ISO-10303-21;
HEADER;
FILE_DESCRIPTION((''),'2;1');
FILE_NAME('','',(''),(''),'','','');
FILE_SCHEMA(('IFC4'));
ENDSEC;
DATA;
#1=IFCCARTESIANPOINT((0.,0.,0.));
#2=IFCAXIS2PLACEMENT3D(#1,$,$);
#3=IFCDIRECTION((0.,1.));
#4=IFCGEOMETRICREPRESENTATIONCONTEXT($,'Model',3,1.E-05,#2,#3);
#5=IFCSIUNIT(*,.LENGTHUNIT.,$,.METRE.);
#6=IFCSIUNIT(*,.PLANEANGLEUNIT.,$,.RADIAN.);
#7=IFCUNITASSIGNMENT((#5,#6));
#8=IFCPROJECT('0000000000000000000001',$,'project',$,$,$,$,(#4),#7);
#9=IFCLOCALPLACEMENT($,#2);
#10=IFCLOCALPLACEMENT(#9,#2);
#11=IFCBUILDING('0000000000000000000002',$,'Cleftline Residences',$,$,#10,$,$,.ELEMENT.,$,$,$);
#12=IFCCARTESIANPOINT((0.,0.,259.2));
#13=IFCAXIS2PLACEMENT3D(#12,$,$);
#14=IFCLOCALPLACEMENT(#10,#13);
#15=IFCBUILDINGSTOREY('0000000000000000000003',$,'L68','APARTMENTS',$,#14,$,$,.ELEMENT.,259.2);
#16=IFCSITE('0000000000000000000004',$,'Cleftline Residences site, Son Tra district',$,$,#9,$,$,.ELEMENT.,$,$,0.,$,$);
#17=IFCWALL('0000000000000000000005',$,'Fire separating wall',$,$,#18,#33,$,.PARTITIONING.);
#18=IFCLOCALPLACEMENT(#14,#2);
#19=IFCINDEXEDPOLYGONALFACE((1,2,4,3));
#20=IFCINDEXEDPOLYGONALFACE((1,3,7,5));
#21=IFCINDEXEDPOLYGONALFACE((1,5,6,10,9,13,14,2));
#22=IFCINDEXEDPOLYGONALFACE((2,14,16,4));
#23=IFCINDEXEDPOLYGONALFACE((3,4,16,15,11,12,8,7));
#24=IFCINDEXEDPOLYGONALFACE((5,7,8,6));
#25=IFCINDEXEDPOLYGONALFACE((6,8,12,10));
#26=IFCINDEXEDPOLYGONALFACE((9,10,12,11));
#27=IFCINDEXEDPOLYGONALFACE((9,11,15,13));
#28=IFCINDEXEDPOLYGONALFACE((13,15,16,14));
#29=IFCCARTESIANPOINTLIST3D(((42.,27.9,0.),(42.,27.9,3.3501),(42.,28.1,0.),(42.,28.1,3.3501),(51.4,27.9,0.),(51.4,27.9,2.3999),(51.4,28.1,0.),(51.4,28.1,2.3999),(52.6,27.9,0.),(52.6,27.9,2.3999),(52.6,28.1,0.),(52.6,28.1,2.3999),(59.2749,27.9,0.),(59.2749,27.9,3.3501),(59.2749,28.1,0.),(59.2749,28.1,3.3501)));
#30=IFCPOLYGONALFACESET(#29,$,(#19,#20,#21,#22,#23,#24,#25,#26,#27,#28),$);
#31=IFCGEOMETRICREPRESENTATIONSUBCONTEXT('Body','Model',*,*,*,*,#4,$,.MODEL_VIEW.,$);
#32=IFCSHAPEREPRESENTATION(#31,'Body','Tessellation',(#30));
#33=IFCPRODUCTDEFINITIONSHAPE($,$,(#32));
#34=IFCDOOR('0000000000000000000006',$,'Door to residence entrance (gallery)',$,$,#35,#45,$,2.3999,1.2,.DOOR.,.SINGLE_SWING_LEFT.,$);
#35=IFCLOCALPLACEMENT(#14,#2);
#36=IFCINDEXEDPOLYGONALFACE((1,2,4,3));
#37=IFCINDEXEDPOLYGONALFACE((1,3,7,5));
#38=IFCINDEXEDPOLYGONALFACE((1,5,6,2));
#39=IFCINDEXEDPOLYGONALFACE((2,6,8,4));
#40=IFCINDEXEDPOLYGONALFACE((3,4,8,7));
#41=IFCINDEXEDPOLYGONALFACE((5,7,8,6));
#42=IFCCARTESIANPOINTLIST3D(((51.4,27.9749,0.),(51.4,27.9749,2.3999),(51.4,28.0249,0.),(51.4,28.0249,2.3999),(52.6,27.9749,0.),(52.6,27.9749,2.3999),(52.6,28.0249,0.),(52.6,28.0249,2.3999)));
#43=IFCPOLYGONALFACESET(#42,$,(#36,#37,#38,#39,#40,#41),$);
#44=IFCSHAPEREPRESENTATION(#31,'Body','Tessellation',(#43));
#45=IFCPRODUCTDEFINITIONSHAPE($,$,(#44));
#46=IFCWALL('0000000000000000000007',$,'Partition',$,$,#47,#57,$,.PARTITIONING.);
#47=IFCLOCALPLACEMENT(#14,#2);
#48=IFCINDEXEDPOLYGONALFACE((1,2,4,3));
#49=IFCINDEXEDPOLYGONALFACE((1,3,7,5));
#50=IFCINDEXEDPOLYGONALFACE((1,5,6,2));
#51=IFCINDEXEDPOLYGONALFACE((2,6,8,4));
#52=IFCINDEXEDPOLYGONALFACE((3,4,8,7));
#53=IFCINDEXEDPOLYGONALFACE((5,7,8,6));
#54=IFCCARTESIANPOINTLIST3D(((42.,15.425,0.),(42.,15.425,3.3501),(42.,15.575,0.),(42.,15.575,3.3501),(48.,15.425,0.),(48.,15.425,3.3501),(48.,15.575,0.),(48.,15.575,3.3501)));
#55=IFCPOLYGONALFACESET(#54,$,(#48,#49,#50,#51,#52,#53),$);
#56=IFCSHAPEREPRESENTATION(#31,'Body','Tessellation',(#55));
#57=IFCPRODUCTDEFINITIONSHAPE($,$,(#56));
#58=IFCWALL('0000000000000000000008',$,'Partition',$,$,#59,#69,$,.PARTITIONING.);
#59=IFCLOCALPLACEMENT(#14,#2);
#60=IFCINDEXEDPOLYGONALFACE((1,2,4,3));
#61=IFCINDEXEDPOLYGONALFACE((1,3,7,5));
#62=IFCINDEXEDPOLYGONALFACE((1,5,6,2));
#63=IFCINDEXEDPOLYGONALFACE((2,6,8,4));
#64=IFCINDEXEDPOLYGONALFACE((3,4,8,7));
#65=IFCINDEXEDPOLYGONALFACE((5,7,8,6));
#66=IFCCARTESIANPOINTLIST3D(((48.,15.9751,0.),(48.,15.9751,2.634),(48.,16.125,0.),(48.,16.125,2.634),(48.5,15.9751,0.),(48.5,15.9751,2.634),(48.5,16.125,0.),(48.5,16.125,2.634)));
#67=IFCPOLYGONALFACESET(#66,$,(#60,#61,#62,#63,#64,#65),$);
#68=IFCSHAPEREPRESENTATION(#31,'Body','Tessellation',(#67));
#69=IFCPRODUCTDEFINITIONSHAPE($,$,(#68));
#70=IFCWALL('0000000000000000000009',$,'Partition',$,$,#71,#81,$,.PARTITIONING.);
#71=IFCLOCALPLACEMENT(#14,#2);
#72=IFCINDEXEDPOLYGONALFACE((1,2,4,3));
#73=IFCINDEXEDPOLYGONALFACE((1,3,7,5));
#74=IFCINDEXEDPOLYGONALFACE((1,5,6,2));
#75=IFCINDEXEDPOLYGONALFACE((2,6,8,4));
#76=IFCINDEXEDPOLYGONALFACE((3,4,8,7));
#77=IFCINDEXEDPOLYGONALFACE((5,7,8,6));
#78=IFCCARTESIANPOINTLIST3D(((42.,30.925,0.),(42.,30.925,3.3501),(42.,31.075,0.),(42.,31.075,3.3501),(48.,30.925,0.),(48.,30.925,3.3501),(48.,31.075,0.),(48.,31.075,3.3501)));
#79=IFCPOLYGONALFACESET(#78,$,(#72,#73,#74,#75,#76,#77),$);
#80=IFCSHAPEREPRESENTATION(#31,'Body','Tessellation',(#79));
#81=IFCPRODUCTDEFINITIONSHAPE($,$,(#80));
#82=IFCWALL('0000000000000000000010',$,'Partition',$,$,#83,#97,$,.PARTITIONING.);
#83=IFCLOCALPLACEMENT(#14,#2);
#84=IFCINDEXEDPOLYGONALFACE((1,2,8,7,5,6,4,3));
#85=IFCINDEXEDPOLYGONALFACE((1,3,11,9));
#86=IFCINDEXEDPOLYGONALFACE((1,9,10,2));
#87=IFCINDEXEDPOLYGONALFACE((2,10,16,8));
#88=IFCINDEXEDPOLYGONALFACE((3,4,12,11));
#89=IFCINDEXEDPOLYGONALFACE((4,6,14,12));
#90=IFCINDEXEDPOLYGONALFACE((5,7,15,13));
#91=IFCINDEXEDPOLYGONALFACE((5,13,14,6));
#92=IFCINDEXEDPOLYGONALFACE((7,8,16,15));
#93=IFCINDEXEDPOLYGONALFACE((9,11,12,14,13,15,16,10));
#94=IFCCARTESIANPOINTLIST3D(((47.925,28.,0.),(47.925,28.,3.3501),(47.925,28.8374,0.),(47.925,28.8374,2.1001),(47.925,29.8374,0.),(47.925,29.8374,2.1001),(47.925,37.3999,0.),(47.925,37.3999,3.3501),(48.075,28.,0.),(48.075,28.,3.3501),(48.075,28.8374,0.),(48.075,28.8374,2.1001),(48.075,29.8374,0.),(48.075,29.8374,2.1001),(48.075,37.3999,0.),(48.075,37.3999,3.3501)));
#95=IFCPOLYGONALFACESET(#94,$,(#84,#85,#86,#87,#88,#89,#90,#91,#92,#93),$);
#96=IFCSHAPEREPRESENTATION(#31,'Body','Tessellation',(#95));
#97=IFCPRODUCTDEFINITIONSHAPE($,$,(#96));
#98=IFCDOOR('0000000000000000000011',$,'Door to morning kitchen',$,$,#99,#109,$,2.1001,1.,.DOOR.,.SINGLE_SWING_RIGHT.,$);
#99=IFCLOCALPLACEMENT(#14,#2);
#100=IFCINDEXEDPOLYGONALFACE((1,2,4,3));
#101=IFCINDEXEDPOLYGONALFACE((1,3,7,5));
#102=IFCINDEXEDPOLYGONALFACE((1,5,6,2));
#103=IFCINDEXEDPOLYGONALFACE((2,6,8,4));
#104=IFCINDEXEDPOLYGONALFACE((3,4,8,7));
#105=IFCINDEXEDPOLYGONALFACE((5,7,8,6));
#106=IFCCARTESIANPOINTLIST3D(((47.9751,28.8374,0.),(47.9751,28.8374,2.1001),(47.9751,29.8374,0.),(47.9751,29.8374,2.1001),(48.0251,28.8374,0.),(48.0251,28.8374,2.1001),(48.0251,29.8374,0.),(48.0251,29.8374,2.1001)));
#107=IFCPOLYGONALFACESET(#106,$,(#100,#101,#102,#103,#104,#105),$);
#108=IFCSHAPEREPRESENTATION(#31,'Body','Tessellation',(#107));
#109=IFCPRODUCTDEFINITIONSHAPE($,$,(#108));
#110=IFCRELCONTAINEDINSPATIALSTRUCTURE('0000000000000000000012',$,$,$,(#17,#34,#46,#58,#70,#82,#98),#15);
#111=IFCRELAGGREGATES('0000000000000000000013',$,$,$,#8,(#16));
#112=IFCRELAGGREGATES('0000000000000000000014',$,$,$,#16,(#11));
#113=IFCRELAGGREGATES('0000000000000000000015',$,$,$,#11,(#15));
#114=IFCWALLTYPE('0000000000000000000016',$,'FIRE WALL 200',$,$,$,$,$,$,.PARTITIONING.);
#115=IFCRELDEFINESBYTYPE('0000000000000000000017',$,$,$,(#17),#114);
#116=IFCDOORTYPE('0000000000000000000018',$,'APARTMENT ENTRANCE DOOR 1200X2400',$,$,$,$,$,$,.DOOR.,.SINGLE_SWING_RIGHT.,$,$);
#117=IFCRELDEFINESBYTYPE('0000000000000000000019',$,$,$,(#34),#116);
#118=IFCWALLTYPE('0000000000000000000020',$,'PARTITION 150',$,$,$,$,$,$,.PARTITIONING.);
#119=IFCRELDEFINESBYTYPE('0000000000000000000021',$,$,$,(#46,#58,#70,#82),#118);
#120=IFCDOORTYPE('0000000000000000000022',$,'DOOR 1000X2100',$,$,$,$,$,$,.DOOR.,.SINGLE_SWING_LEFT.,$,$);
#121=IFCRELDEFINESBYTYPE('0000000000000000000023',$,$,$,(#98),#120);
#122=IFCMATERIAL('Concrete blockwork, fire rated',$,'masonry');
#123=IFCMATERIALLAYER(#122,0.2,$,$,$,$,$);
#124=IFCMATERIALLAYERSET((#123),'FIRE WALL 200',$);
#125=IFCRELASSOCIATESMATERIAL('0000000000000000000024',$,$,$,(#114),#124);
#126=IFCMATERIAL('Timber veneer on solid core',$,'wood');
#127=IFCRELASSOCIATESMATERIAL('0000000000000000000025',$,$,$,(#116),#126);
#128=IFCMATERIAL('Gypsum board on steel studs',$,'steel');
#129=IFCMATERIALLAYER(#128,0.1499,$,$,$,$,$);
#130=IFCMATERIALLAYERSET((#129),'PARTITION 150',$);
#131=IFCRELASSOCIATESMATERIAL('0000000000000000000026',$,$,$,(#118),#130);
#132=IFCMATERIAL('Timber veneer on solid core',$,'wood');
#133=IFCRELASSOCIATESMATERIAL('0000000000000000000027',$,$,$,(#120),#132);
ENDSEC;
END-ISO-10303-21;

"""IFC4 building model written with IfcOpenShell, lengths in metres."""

from ifc_helpers import new_model, si_unit, direction, frame, frame_2d, origin, place, context, subcontext, project, spatial, rectangle, extrude, material, layer, layer_set, type_object, element, fill, save


model = new_model("IFC4")

# Units and contexts
model_context = context("Model", 3, precision=1e-05, world=origin(), true_north=direction((0.0, 1.0)))
body_context = subcontext(model_context, "Body", "Model", "MODEL_VIEW")
ifc_project = project(units=[si_unit("LENGTHUNIT", "METRE"), si_unit("PLANEANGLEUNIT", "RADIAN")], contexts=[model_context])

# Site, building, storey
site_placement = place(None, origin())
site = spatial("IfcSite", under=ifc_project, at=site_placement, Name="Cleftline Residences site, Son Tra district", CompositionType="ELEMENT", RefElevation=0.0)
building_placement = place(site_placement, origin())
building = spatial("IfcBuilding", under=site, at=building_placement, Name="Cleftline Residences", CompositionType="ELEMENT")
storey_placement = place(building_placement, frame((0.0, 0.0, 259.2)))
storey = spatial("IfcBuildingStorey", under=building, at=storey_placement, Name="L68", Description="APARTMENTS", CompositionType="ELEMENT", Elevation=259.2)

# Shared definitions
ifc_material_1 = material(Name="Concrete blockwork, fire rated", Category="masonry")
ifc_layer_1 = layer(ifc_material_1, 0.2)
ifc_layer_set_1 = layer_set([ifc_layer_1], Name="FIRE WALL 200")
wall_type_1 = type_object("IfcWallType", Name="FIRE WALL 200", PredefinedType="PARTITIONING", material=ifc_layer_set_1)

# Wall, opening, door
wall_1_placement = place(storey_placement, frame((42.0, 28.0, 0.0), z_axis=(0.0, 0.0, 1.0), x_axis=(1.0, 0.0, 0.0)))
wall_1 = element("IfcWall", 1, at=wall_1_placement, inside=storey, type_object=wall_type_1, Name="Fire separating wall", PredefinedType="PARTITIONING", context=body_context, shape_type="SweptSolid", body=[
    extrude(rectangle(XDim=17.2749, YDim=0.2, at=frame_2d((8.6375, 0.0))), origin(), (0.0, 0.0, 1.0), 3.3501),
])
opening_1_placement = place(wall_1_placement, frame((9.3999, 0.0, 0.0)))
opening_1 = element("IfcOpeningElement", 2, at=opening_1_placement, cuts=wall_1, PredefinedType="OPENING", context=body_context, shape_type="SweptSolid", body=[
    extrude(rectangle(XDim=1.2, YDim=2.3999, at=frame_2d((0.6001, 1.2))), frame((0.0, 0.1099, 0.0), z_axis=(0.0, -1.0, 0.0), x_axis=(1.0, 0.0, 0.0)), (0.0, 0.0, 1.0), 0.22),
])
ifc_material_2 = material(Name="Timber veneer on solid core", Category="wood")
door_type_1 = type_object("IfcDoorType", Name="APARTMENT ENTRANCE DOOR 1200X2400", OperationType="SINGLE_SWING_RIGHT", PredefinedType="DOOR", material=ifc_material_2)
door_1_placement = place(opening_1_placement, origin())
door_1 = element("IfcDoor", 3, at=door_1_placement, inside=storey, type_object=door_type_1, Name="Door to residence entrance (gallery)", OperationType="SINGLE_SWING_LEFT", OverallHeight=2.3999, OverallWidth=1.2, PredefinedType="DOOR", context=body_context, shape_type="SweptSolid", body=[
    extrude(rectangle(XDim=1.2, YDim=2.3999, at=frame_2d((0.6001, 1.2))), frame((0.0, 0.0249, 0.0), z_axis=(0.0, -1.0, 0.0), x_axis=(1.0, 0.0, 0.0)), (0.0, 0.0, 1.0), 0.05),
])
fill(opening_1, door_1)

# Walls
ifc_material_3 = material(Name="Gypsum board on steel studs", Category="steel")
ifc_layer_2 = layer(ifc_material_3, 0.1499)
ifc_layer_set_2 = layer_set([ifc_layer_2], Name="PARTITION 150")
wall_type_2 = type_object("IfcWallType", Name="PARTITION 150", PredefinedType="PARTITIONING", material=ifc_layer_set_2)
wall_2_placement = place(storey_placement, frame((42.0, 15.5, 0.0), z_axis=(0.0, 0.0, 1.0), x_axis=(1.0, 0.0, 0.0)))
element("IfcWall", 4, at=wall_2_placement, inside=storey, type_object=wall_type_2, Name="Partition", PredefinedType="PARTITIONING", context=body_context, shape_type="SweptSolid", body=[
    extrude(rectangle(XDim=6.0, YDim=0.1499, at=frame_2d((3.0, 0.0))), origin(), (0.0, 0.0, 1.0), 3.3501),
])
wall_3_placement = place(storey_placement, frame((48.0, 16.05, 0.0), z_axis=(0.0, 0.0, 1.0), x_axis=(1.0, 0.0, 0.0)))
element("IfcWall", 5, at=wall_3_placement, inside=storey, type_object=wall_type_2, Name="Partition", PredefinedType="PARTITIONING", context=body_context, shape_type="SweptSolid", body=[
    extrude(rectangle(XDim=0.5, YDim=0.1499, at=frame_2d((0.25, 0.0))), origin(), (0.0, 0.0, 1.0), 2.634),
])
wall_4_placement = place(storey_placement, frame((42.0, 31.0, 0.0), z_axis=(0.0, 0.0, 1.0), x_axis=(1.0, 0.0, 0.0)))
element("IfcWall", 6, at=wall_4_placement, inside=storey, type_object=wall_type_2, Name="Partition", PredefinedType="PARTITIONING", context=body_context, shape_type="SweptSolid", body=[
    extrude(rectangle(XDim=6.0, YDim=0.1499, at=frame_2d((3.0, 0.0))), origin(), (0.0, 0.0, 1.0), 3.3501),
])

# Wall, opening, door
wall_5_placement = place(storey_placement, frame((48.0, 28.0, 0.0), z_axis=(0.0, 0.0, 1.0), x_axis=(0.0, 1.0, 0.0)))
wall_5 = element("IfcWall", 7, at=wall_5_placement, inside=storey, type_object=wall_type_2, Name="Partition", PredefinedType="PARTITIONING", context=body_context, shape_type="SweptSolid", body=[
    extrude(rectangle(XDim=9.3999, YDim=0.1499, at=frame_2d((4.7, 0.0))), origin(), (0.0, 0.0, 1.0), 3.3501),
])
opening_2_placement = place(wall_5_placement, frame((0.8374, 0.0, 0.0)))
opening_2 = element("IfcOpeningElement", 8, at=opening_2_placement, cuts=wall_5, PredefinedType="OPENING", context=body_context, shape_type="SweptSolid", body=[
    extrude(rectangle(XDim=1.0, YDim=2.1001, at=frame_2d((0.5, 1.05))), frame((0.0, 0.085, 0.0), z_axis=(0.0, -1.0, 0.0), x_axis=(1.0, 0.0, 0.0)), (0.0, 0.0, 1.0), 0.1699),
])
ifc_material_4 = material(Name="Timber veneer on solid core", Category="wood")
door_type_2 = type_object("IfcDoorType", Name="DOOR 1000X2100", OperationType="SINGLE_SWING_LEFT", PredefinedType="DOOR", material=ifc_material_4)
door_2_placement = place(opening_2_placement, origin())
door_2 = element("IfcDoor", 9, at=door_2_placement, inside=storey, type_object=door_type_2, Name="Door to morning kitchen", OperationType="SINGLE_SWING_RIGHT", OverallHeight=2.1001, OverallWidth=1.0, PredefinedType="DOOR", context=body_context, shape_type="SweptSolid", body=[
    extrude(rectangle(XDim=1.0, YDim=2.1001, at=frame_2d((0.5, 1.05))), frame((0.0, 0.0249, 0.0), z_axis=(0.0, -1.0, 0.0), x_axis=(1.0, 0.0, 0.0)), (0.0, 0.0, 1.0), 0.05),
])
fill(opening_2, door_2)

save(model, "model.ifc")
